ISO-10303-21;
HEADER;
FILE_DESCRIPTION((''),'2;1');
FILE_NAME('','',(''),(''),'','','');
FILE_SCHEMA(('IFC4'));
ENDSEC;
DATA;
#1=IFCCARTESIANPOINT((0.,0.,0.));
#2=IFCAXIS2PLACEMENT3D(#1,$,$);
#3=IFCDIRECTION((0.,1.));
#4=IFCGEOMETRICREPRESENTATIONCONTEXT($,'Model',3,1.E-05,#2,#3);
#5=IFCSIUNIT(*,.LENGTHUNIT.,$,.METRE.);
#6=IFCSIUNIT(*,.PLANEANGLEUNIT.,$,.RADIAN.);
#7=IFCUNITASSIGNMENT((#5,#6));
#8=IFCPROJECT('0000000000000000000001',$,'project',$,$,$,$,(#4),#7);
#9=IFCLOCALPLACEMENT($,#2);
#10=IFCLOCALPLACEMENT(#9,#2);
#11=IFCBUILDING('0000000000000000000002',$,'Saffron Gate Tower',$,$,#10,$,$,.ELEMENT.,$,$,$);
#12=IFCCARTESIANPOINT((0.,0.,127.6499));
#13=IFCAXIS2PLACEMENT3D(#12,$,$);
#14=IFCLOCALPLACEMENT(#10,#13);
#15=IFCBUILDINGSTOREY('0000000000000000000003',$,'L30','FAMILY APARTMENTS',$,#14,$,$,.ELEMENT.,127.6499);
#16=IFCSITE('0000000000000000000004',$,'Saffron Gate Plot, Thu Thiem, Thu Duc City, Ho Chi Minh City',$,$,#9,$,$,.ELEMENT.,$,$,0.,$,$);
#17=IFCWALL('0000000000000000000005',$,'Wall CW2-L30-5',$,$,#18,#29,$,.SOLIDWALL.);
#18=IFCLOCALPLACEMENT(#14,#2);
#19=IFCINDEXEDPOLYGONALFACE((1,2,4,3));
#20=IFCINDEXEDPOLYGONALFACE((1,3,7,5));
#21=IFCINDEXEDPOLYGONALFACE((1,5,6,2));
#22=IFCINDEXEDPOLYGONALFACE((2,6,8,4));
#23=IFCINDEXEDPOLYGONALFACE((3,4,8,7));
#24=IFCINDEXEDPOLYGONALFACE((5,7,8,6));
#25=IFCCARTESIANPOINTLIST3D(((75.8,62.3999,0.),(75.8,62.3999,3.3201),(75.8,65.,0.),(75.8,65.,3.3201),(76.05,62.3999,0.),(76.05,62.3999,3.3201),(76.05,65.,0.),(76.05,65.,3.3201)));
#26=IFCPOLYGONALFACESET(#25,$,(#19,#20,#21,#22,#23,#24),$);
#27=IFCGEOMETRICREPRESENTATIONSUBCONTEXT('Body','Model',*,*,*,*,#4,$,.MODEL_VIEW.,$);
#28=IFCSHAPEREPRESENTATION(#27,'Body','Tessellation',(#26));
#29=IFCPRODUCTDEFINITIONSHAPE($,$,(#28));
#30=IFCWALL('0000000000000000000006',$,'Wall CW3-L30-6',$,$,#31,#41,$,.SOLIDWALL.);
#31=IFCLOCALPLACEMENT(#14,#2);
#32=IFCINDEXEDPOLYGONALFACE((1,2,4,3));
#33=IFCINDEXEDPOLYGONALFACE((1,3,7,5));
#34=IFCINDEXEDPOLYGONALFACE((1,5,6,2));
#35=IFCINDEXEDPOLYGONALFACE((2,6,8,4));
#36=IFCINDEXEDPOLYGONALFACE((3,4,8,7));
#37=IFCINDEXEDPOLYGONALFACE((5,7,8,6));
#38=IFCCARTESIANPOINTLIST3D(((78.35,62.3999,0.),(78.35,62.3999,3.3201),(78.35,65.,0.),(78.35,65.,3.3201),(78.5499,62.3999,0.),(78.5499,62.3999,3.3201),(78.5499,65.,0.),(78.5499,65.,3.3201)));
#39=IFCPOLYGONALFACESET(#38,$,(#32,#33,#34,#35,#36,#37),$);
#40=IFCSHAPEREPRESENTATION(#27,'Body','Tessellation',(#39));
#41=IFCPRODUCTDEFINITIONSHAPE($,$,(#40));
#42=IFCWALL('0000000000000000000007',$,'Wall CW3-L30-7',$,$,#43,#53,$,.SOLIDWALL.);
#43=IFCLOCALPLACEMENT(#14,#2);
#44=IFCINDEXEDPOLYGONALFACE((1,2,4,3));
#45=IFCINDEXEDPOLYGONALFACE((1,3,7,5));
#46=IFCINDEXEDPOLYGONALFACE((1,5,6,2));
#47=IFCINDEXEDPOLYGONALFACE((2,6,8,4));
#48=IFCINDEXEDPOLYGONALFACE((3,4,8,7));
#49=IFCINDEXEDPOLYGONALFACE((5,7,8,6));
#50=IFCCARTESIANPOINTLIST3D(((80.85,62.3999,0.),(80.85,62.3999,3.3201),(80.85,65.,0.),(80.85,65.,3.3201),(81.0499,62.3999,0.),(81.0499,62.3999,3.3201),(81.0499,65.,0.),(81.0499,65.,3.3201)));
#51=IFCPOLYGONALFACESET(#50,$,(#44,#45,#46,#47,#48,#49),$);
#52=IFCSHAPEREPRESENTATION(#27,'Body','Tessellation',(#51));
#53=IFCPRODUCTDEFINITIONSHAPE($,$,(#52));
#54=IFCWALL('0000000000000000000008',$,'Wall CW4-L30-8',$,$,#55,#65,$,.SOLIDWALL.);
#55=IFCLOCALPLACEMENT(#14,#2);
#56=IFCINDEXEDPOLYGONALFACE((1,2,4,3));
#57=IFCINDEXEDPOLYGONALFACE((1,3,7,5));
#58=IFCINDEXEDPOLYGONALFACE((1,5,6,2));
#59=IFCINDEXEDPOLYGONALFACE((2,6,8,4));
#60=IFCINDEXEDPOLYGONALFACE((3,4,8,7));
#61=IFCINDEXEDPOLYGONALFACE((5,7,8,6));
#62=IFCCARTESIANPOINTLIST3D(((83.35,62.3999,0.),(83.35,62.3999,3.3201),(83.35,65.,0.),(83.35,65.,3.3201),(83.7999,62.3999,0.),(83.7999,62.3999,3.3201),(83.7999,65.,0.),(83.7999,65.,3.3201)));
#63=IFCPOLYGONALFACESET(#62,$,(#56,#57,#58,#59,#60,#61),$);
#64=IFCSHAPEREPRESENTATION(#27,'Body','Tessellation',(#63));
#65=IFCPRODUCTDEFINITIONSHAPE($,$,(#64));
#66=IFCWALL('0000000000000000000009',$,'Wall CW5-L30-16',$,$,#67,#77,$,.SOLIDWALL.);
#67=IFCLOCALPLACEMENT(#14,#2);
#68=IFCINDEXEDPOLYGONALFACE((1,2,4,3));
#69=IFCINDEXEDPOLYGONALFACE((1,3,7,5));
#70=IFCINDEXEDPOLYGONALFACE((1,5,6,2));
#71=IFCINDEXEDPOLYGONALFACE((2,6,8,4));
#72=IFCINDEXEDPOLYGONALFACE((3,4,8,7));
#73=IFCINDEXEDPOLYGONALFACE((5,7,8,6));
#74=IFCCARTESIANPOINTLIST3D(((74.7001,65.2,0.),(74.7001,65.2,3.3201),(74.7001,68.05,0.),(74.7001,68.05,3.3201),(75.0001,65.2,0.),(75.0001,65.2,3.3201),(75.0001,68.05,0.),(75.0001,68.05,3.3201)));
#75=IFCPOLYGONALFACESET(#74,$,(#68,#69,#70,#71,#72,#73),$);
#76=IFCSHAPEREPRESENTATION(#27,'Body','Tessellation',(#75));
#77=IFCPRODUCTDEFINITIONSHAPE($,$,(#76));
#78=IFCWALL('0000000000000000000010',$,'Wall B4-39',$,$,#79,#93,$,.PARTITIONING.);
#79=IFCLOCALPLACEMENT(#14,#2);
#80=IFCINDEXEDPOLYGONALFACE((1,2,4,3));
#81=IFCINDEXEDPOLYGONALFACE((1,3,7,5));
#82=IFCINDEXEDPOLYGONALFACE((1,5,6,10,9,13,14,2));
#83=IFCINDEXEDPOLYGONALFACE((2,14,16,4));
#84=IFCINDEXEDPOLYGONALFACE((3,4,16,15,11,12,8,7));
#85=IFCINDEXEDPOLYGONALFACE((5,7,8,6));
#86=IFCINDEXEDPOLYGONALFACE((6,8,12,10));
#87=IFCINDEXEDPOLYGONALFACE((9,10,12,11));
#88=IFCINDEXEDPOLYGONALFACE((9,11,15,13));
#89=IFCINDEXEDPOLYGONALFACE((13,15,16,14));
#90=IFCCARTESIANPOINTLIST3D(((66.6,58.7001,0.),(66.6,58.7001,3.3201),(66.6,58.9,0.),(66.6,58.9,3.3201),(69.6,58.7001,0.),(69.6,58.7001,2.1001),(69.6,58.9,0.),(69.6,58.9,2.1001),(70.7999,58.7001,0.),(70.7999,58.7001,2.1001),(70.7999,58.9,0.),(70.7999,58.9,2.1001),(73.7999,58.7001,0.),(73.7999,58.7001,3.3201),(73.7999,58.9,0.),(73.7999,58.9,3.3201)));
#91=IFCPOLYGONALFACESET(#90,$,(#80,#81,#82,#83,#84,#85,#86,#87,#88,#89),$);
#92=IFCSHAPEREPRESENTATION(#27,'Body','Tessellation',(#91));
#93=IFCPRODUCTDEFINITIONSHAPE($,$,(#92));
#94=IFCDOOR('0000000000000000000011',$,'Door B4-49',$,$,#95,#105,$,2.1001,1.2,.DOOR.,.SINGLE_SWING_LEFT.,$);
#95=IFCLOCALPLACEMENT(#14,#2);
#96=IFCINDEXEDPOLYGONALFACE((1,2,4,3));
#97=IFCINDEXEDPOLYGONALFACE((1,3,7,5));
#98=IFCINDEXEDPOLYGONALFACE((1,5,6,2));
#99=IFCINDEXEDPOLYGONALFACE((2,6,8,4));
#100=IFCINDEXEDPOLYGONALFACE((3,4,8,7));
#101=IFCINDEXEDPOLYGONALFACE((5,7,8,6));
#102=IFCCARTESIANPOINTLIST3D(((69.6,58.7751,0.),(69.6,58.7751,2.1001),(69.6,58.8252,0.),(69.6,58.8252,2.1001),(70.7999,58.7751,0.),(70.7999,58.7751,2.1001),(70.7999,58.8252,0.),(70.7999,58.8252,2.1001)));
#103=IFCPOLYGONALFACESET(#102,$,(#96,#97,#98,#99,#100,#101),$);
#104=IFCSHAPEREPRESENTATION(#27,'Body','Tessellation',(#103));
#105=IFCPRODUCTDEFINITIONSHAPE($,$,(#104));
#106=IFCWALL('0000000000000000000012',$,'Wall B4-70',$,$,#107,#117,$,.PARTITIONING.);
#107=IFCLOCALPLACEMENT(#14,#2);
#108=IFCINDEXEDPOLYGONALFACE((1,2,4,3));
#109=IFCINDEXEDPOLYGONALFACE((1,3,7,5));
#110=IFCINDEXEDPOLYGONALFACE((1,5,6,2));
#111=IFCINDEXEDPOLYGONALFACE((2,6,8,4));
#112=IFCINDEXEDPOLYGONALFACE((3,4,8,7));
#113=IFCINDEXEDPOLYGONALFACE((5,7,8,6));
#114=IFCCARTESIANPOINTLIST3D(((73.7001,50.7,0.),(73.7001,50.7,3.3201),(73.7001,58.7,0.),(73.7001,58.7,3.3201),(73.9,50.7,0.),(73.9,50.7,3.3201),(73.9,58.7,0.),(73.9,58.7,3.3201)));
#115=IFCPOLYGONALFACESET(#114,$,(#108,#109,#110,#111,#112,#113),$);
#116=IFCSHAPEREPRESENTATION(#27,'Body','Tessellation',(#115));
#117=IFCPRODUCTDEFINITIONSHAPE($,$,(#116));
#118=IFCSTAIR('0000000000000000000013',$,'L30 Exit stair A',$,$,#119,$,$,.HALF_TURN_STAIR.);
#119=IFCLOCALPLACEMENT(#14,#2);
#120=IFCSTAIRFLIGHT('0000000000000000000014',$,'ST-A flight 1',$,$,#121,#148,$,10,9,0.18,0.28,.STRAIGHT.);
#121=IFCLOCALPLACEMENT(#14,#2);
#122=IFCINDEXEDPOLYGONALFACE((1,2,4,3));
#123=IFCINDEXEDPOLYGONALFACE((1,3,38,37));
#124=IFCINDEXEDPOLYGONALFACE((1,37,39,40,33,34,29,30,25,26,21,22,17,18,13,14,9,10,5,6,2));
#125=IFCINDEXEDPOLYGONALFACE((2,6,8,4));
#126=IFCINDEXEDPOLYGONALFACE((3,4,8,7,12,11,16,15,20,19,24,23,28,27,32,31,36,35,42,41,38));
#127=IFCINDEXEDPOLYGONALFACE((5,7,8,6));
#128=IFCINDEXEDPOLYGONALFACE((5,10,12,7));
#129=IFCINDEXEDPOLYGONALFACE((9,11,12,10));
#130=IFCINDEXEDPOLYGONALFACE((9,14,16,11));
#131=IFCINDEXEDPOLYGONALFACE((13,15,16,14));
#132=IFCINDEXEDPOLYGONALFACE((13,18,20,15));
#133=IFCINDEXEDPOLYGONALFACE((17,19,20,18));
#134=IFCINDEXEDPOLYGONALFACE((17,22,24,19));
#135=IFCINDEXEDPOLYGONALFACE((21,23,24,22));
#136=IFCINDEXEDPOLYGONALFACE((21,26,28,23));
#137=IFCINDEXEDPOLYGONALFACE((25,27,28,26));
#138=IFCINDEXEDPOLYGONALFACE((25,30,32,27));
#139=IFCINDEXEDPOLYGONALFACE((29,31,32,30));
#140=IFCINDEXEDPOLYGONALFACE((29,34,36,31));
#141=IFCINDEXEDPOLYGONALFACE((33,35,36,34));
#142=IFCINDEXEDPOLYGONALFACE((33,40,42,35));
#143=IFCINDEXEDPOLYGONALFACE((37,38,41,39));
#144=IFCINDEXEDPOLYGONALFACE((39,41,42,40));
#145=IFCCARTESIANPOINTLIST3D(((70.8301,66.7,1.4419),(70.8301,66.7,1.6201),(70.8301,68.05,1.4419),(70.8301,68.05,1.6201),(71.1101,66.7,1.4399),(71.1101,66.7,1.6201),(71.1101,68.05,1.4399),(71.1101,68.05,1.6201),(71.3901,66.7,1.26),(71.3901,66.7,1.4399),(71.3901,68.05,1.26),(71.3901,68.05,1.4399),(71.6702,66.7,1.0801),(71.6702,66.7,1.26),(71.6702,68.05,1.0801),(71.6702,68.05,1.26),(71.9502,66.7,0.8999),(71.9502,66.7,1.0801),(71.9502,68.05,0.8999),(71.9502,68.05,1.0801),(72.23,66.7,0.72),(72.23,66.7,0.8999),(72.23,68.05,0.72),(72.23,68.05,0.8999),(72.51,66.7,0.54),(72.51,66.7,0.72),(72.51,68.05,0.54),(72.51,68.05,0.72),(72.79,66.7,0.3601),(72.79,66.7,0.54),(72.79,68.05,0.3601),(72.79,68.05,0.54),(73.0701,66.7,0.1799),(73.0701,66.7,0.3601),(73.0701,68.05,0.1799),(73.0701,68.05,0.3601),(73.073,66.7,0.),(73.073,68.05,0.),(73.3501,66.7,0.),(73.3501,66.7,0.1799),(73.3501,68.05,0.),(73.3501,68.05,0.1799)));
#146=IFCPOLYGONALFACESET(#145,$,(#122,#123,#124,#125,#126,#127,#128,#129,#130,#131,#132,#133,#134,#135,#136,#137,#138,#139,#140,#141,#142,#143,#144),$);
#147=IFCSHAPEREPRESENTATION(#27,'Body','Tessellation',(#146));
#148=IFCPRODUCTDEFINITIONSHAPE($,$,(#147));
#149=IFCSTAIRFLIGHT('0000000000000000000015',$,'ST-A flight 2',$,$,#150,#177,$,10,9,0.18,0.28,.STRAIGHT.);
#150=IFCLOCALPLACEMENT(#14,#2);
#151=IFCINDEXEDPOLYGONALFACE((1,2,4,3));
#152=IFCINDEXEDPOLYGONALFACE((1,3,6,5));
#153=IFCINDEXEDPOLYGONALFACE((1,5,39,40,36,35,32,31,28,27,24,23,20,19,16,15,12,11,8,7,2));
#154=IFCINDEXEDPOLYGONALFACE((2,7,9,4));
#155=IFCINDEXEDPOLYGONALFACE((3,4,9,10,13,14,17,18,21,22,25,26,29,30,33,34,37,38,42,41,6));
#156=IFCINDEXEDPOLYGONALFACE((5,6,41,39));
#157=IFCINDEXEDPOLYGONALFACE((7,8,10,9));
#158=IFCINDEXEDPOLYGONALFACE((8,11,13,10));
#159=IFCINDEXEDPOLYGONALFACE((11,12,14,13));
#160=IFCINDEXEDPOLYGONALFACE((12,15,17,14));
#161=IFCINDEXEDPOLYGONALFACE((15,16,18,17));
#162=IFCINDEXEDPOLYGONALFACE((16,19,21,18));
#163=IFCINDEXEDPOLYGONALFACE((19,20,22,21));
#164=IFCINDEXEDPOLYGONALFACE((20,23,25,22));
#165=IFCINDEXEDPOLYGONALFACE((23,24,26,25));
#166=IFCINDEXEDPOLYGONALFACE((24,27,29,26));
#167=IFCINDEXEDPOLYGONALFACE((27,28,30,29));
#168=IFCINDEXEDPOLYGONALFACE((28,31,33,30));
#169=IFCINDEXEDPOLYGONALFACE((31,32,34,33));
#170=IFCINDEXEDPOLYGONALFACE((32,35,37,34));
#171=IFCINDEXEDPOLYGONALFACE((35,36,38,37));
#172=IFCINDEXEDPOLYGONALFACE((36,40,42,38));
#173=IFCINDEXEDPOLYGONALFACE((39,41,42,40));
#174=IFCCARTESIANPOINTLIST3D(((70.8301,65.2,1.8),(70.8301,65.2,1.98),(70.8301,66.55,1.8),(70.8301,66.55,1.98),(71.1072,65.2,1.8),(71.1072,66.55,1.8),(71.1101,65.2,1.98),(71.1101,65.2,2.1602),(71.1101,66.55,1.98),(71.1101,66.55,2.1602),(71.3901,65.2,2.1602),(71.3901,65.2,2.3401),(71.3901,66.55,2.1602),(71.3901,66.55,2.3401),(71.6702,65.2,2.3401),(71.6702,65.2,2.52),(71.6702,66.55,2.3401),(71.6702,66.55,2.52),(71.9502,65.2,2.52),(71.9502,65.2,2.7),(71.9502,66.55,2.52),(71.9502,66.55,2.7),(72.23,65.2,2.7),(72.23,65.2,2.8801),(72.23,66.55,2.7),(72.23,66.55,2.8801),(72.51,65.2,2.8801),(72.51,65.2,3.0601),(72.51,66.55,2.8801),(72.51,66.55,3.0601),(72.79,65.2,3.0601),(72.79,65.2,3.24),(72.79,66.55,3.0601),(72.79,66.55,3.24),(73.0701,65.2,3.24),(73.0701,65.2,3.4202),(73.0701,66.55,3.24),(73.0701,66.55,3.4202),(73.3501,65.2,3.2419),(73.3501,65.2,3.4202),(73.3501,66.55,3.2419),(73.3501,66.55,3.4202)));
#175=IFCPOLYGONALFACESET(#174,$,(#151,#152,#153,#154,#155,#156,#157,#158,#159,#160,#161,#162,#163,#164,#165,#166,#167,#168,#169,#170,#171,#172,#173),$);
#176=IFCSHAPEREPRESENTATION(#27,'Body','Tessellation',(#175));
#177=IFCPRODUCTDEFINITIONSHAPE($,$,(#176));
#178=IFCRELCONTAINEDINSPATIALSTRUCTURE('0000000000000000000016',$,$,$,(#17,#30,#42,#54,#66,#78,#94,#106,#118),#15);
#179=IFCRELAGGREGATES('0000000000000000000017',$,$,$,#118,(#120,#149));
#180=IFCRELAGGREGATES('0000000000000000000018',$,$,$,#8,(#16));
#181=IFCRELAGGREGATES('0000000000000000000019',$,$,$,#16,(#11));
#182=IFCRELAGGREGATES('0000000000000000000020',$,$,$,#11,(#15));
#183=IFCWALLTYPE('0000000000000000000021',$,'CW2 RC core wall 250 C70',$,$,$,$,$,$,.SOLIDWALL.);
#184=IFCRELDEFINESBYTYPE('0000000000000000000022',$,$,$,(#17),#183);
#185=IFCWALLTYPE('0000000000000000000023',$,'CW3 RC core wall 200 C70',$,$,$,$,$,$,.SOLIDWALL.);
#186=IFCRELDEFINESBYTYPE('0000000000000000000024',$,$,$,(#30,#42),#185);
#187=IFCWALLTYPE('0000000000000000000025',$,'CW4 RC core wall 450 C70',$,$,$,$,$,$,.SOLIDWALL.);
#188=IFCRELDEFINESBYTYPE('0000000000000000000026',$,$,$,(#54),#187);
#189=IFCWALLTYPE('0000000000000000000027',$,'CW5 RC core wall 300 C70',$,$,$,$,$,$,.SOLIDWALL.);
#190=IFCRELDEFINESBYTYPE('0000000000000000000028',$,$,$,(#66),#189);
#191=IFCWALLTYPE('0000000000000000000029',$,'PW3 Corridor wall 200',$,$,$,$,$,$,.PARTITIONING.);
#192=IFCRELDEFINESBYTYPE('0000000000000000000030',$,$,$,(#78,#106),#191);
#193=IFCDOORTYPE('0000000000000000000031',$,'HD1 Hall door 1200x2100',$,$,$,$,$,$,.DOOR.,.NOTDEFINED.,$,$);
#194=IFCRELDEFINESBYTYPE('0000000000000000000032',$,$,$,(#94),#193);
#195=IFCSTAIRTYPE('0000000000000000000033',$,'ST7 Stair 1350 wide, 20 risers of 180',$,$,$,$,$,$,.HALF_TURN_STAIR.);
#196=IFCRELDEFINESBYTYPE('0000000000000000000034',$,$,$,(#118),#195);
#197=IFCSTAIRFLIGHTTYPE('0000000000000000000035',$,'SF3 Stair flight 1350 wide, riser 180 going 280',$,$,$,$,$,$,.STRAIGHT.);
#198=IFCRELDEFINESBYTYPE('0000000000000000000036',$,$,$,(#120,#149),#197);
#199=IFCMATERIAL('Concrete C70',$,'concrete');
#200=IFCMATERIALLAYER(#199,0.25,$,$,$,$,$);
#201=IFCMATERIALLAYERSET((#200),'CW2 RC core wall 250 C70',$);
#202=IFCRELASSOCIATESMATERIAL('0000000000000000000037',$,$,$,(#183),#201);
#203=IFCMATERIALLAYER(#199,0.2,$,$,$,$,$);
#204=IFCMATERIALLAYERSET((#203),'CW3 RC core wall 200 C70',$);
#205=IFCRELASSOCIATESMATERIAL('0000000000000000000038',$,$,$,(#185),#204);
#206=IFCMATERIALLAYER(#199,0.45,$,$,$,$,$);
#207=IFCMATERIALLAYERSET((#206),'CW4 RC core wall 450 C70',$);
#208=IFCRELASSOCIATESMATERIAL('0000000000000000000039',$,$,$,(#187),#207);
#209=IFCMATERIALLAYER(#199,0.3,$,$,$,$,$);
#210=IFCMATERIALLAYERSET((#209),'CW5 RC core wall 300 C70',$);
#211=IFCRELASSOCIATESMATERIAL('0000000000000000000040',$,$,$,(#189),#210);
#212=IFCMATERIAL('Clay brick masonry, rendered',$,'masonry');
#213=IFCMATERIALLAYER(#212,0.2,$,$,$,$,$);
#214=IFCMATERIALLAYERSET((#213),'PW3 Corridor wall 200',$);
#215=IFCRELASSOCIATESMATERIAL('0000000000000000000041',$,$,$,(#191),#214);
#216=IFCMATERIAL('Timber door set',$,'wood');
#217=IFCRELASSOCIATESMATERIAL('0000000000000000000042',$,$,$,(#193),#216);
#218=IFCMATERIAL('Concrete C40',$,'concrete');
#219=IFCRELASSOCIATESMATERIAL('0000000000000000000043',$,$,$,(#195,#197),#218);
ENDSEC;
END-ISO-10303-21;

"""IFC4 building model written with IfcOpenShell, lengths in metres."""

from ifc_helpers import new_model, si_unit, direction, frame, frame_2d, origin, place, context, subcontext, project, spatial, polyline, rectangle, outline, extrude, material, layer, layer_set, type_object, element, fill, aggregate, save


model = new_model("IFC4")

# Units and contexts
model_context = context("Model", 3, precision=1e-05, world=origin(), true_north=direction((0.0, 1.0)))
body_context = subcontext(model_context, "Body", "Model", "MODEL_VIEW")
ifc_project = project(units=[si_unit("LENGTHUNIT", "METRE"), si_unit("PLANEANGLEUNIT", "RADIAN")], contexts=[model_context])

# Site, building, storey
site_placement = place(None, origin())
site = spatial("IfcSite", under=ifc_project, at=site_placement, Name="Saffron Gate Plot, Thu Thiem, Thu Duc City, Ho Chi Minh City", CompositionType="ELEMENT", RefElevation=0.0)
building_placement = place(site_placement, origin())
building = spatial("IfcBuilding", under=site, at=building_placement, Name="Saffron Gate Tower", CompositionType="ELEMENT")
storey_placement = place(building_placement, frame((0.0, 0.0, 127.6499)))
storey = spatial("IfcBuildingStorey", under=building, at=storey_placement, Name="L30", Description="FAMILY APARTMENTS", CompositionType="ELEMENT", Elevation=127.6499)

# Walls
ifc_material_1 = material(Name="Concrete C70", Category="concrete")
ifc_layer_1 = layer(ifc_material_1, 0.25)
ifc_layer_set_1 = layer_set([ifc_layer_1], Name="CW2 RC core wall 250 C70")
wall_type_1 = type_object("IfcWallType", Name="CW2 RC core wall 250 C70", PredefinedType="SOLIDWALL", material=ifc_layer_set_1)
wall_1_placement = place(storey_placement, frame((75.925, 62.3999, 0.0), z_axis=(0.0, 0.0, 1.0), x_axis=(0.0, 1.0, 0.0)))
element("IfcWall", 1, at=wall_1_placement, inside=storey, type_object=wall_type_1, Name="Wall CW2-L30-5", PredefinedType="SOLIDWALL", context=body_context, shape_type="SweptSolid", body=[
    extrude(rectangle(XDim=2.6001, YDim=0.25, at=frame_2d((1.3, 0.0))), origin(), (0.0, 0.0, 1.0), 3.3201),
])
ifc_layer_2 = layer(ifc_material_1, 0.2)
ifc_layer_set_2 = layer_set([ifc_layer_2], Name="CW3 RC core wall 200 C70")
wall_type_2 = type_object("IfcWallType", Name="CW3 RC core wall 200 C70", PredefinedType="SOLIDWALL", material=ifc_layer_set_2)
for number, where, z_axis, x_axis, name in (
    (2, (78.45, 62.3999, 0.0), (0.0, 0.0, 1.0), (0.0, 1.0, 0.0), "Wall CW3-L30-6"),
    (3, (80.95, 62.3999, 0.0), (0.0, 0.0, 1.0), (0.0, 1.0, 0.0), "Wall CW3-L30-7"),
):
    element("IfcWall", number, at=place(storey_placement, frame(where, z_axis=z_axis, x_axis=x_axis)), inside=storey, type_object=wall_type_2, Name=name, PredefinedType="SOLIDWALL", context=body_context, shape_type="SweptSolid", body=[
        extrude(rectangle(XDim=2.6001, YDim=0.2, at=frame_2d((1.3, 0.0))), origin(), (0.0, 0.0, 1.0), 3.3201),
    ])
ifc_layer_3 = layer(ifc_material_1, 0.45)
ifc_layer_set_3 = layer_set([ifc_layer_3], Name="CW4 RC core wall 450 C70")
wall_type_3 = type_object("IfcWallType", Name="CW4 RC core wall 450 C70", PredefinedType="SOLIDWALL", material=ifc_layer_set_3)
wall_2_placement = place(storey_placement, frame((83.575, 62.3999, 0.0), z_axis=(0.0, 0.0, 1.0), x_axis=(0.0, 1.0, 0.0)))
element("IfcWall", 4, at=wall_2_placement, inside=storey, type_object=wall_type_3, Name="Wall CW4-L30-8", PredefinedType="SOLIDWALL", context=body_context, shape_type="SweptSolid", body=[
    extrude(rectangle(XDim=2.6001, YDim=0.45, at=frame_2d((1.3, 0.0))), origin(), (0.0, 0.0, 1.0), 3.3201),
])
ifc_layer_4 = layer(ifc_material_1, 0.3)
ifc_layer_set_4 = layer_set([ifc_layer_4], Name="CW5 RC core wall 300 C70")
wall_type_4 = type_object("IfcWallType", Name="CW5 RC core wall 300 C70", PredefinedType="SOLIDWALL", material=ifc_layer_set_4)
wall_3_placement = place(storey_placement, frame((74.8501, 65.2, 0.0), z_axis=(0.0, 0.0, 1.0), x_axis=(0.0, 1.0, 0.0)))
element("IfcWall", 5, at=wall_3_placement, inside=storey, type_object=wall_type_4, Name="Wall CW5-L30-16", PredefinedType="SOLIDWALL", context=body_context, shape_type="SweptSolid", body=[
    extrude(rectangle(XDim=2.8501, YDim=0.3, at=frame_2d((1.425, 0.0))), origin(), (0.0, 0.0, 1.0), 3.3201),
])

# Wall, opening, door
ifc_material_2 = material(Name="Clay brick masonry, rendered", Category="masonry")
ifc_layer_5 = layer(ifc_material_2, 0.2)
ifc_layer_set_5 = layer_set([ifc_layer_5], Name="PW3 Corridor wall 200")
wall_type_5 = type_object("IfcWallType", Name="PW3 Corridor wall 200", PredefinedType="PARTITIONING", material=ifc_layer_set_5)
wall_4_placement = place(storey_placement, frame((73.8, 58.8, 0.0), z_axis=(0.0, 0.0, 1.0), x_axis=(-1.0, 0.0, 0.0)))
wall_4 = element("IfcWall", 6, at=wall_4_placement, inside=storey, type_object=wall_type_5, Name="Wall B4-39", PredefinedType="PARTITIONING", context=body_context, shape_type="SweptSolid", body=[
    extrude(rectangle(XDim=7.2, YDim=0.2, at=frame_2d((3.6001, 0.0))), origin(), (0.0, 0.0, 1.0), 3.3201),
])
opening_placement = place(wall_4_placement, frame((3.0, 0.0, 0.0)))
opening = element("IfcOpeningElement", 7, at=opening_placement, cuts=wall_4, PredefinedType="OPENING", context=body_context, shape_type="SweptSolid", body=[
    extrude(rectangle(XDim=1.2, YDim=2.1001, at=frame_2d((0.6001, 1.05))), frame((0.0, 0.1099, 0.0), z_axis=(0.0, -1.0, 0.0), x_axis=(1.0, 0.0, 0.0)), (0.0, 0.0, 1.0), 0.22),
])
ifc_material_3 = material(Name="Timber door set", Category="wood")
door_type = type_object("IfcDoorType", Name="HD1 Hall door 1200x2100", OperationType="NOTDEFINED", PredefinedType="DOOR", material=ifc_material_3)
door_placement = place(opening_placement, origin())
door = element("IfcDoor", 8, at=door_placement, inside=storey, type_object=door_type, Name="Door B4-49", OperationType="SINGLE_SWING_LEFT", OverallHeight=2.1001, OverallWidth=1.2, PredefinedType="DOOR", context=body_context, shape_type="SweptSolid", body=[
    extrude(rectangle(XDim=1.2, YDim=2.1001, at=frame_2d((0.6001, 1.05))), frame((0.0, 0.0249, 0.0), z_axis=(0.0, -1.0, 0.0), x_axis=(1.0, 0.0, 0.0)), (0.0, 0.0, 1.0), 0.05),
])
fill(opening, door)

# Wall
wall_5_placement = place(storey_placement, frame((73.8, 58.7, 0.0), z_axis=(0.0, 0.0, 1.0), x_axis=(0.0, -1.0, 0.0)))
element("IfcWall", 9, at=wall_5_placement, inside=storey, type_object=wall_type_5, Name="Wall B4-70", PredefinedType="PARTITIONING", context=body_context, shape_type="SweptSolid", body=[
    extrude(rectangle(XDim=8.0, YDim=0.2, at=frame_2d((4.0, 0.0))), origin(), (0.0, 0.0, 1.0), 3.3201),
])

# Stair, stair flights
ifc_material_4 = material(Name="Concrete C40", Category="concrete")
stair_type = type_object("IfcStairType", Name="ST7 Stair 1350 wide, 20 risers of 180", PredefinedType="HALF_TURN_STAIR", material=ifc_material_4)
stair_placement = place(storey_placement, origin())
stair = element("IfcStair", 10, at=stair_placement, inside=storey, type_object=stair_type, Name="L30 Exit stair A", PredefinedType="HALF_TURN_STAIR")
stair_flight_type = type_object("IfcStairFlightType", Name="SF3 Stair flight 1350 wide, riser 180 going 280", PredefinedType="STRAIGHT", material=ifc_material_4)
stair_flight_1_placement = place(storey_placement, frame((73.3501, 67.375, 0.0), z_axis=(0.0, 0.0, 1.0), x_axis=(-1.0, 0.0, 0.0)))
stair_flight_1 = element("IfcStairFlight", 11, at=stair_flight_1_placement, type_object=stair_flight_type, Name="ST-A flight 1", NumberOfRisers=10, NumberOfTreads=9, PredefinedType="STRAIGHT", RiserHeight=0.18, TreadLength=0.28, context=body_context, shape_type="SweptSolid", body=[
    extrude(outline(polyline([(0.0, 0.0), (0.0, 0.1799), (0.28, 0.1799), (0.28, 0.3601), (0.5601, 0.3601), (0.5601, 0.54), (0.8401, 0.54), (0.8401, 0.72), (1.1201, 0.72), (1.1201, 0.8999), (1.3999, 0.8999), (1.3999, 1.0801), (1.6799, 1.0801), (1.6799, 1.26), (1.96, 1.26), (1.96, 1.4399), (2.24, 1.4399), (2.24, 1.6201), (2.52, 1.6201), (2.52, 1.8), (2.52, 1.4419), (0.2771, 0.0), (0.0, 0.0)])), frame((0.0, 0.675, 0.0), z_axis=(0.0, -1.0, 0.0), x_axis=(1.0, 0.0, 0.0)), (0.0, 0.0, 1.0), 1.3501),
])
stair_flight_2_placement = place(storey_placement, frame((70.8301, 65.875, 1.8), z_axis=(0.0, 0.0, 1.0), x_axis=(1.0, 0.0, 0.0)))
stair_flight_2 = element("IfcStairFlight", 12, at=stair_flight_2_placement, type_object=stair_flight_type, Name="ST-A flight 2", NumberOfRisers=10, NumberOfTreads=9, PredefinedType="STRAIGHT", RiserHeight=0.18, TreadLength=0.28, context=body_context, shape_type="SweptSolid", body=[
    extrude(outline(polyline([(0.0, 0.0), (0.0, 0.1799), (0.28, 0.1799), (0.28, 0.3601), (0.5601, 0.3601), (0.5601, 0.54), (0.8401, 0.54), (0.8401, 0.72), (1.1201, 0.72), (1.1201, 0.8999), (1.3999, 0.8999), (1.3999, 1.0801), (1.6799, 1.0801), (1.6799, 1.26), (1.96, 1.26), (1.96, 1.4399), (2.24, 1.4399), (2.24, 1.6201), (2.52, 1.6201), (2.52, 1.8), (2.52, 1.4419), (0.2771, 0.0), (0.0, 0.0)])), frame((0.0, 0.675, 0.0), z_axis=(0.0, -1.0, 0.0), x_axis=(1.0, 0.0, 0.0)), (0.0, 0.0, 1.0), 1.3501),
])
aggregate(stair, [stair_flight_1, stair_flight_2])

save(model, "model.ifc")
